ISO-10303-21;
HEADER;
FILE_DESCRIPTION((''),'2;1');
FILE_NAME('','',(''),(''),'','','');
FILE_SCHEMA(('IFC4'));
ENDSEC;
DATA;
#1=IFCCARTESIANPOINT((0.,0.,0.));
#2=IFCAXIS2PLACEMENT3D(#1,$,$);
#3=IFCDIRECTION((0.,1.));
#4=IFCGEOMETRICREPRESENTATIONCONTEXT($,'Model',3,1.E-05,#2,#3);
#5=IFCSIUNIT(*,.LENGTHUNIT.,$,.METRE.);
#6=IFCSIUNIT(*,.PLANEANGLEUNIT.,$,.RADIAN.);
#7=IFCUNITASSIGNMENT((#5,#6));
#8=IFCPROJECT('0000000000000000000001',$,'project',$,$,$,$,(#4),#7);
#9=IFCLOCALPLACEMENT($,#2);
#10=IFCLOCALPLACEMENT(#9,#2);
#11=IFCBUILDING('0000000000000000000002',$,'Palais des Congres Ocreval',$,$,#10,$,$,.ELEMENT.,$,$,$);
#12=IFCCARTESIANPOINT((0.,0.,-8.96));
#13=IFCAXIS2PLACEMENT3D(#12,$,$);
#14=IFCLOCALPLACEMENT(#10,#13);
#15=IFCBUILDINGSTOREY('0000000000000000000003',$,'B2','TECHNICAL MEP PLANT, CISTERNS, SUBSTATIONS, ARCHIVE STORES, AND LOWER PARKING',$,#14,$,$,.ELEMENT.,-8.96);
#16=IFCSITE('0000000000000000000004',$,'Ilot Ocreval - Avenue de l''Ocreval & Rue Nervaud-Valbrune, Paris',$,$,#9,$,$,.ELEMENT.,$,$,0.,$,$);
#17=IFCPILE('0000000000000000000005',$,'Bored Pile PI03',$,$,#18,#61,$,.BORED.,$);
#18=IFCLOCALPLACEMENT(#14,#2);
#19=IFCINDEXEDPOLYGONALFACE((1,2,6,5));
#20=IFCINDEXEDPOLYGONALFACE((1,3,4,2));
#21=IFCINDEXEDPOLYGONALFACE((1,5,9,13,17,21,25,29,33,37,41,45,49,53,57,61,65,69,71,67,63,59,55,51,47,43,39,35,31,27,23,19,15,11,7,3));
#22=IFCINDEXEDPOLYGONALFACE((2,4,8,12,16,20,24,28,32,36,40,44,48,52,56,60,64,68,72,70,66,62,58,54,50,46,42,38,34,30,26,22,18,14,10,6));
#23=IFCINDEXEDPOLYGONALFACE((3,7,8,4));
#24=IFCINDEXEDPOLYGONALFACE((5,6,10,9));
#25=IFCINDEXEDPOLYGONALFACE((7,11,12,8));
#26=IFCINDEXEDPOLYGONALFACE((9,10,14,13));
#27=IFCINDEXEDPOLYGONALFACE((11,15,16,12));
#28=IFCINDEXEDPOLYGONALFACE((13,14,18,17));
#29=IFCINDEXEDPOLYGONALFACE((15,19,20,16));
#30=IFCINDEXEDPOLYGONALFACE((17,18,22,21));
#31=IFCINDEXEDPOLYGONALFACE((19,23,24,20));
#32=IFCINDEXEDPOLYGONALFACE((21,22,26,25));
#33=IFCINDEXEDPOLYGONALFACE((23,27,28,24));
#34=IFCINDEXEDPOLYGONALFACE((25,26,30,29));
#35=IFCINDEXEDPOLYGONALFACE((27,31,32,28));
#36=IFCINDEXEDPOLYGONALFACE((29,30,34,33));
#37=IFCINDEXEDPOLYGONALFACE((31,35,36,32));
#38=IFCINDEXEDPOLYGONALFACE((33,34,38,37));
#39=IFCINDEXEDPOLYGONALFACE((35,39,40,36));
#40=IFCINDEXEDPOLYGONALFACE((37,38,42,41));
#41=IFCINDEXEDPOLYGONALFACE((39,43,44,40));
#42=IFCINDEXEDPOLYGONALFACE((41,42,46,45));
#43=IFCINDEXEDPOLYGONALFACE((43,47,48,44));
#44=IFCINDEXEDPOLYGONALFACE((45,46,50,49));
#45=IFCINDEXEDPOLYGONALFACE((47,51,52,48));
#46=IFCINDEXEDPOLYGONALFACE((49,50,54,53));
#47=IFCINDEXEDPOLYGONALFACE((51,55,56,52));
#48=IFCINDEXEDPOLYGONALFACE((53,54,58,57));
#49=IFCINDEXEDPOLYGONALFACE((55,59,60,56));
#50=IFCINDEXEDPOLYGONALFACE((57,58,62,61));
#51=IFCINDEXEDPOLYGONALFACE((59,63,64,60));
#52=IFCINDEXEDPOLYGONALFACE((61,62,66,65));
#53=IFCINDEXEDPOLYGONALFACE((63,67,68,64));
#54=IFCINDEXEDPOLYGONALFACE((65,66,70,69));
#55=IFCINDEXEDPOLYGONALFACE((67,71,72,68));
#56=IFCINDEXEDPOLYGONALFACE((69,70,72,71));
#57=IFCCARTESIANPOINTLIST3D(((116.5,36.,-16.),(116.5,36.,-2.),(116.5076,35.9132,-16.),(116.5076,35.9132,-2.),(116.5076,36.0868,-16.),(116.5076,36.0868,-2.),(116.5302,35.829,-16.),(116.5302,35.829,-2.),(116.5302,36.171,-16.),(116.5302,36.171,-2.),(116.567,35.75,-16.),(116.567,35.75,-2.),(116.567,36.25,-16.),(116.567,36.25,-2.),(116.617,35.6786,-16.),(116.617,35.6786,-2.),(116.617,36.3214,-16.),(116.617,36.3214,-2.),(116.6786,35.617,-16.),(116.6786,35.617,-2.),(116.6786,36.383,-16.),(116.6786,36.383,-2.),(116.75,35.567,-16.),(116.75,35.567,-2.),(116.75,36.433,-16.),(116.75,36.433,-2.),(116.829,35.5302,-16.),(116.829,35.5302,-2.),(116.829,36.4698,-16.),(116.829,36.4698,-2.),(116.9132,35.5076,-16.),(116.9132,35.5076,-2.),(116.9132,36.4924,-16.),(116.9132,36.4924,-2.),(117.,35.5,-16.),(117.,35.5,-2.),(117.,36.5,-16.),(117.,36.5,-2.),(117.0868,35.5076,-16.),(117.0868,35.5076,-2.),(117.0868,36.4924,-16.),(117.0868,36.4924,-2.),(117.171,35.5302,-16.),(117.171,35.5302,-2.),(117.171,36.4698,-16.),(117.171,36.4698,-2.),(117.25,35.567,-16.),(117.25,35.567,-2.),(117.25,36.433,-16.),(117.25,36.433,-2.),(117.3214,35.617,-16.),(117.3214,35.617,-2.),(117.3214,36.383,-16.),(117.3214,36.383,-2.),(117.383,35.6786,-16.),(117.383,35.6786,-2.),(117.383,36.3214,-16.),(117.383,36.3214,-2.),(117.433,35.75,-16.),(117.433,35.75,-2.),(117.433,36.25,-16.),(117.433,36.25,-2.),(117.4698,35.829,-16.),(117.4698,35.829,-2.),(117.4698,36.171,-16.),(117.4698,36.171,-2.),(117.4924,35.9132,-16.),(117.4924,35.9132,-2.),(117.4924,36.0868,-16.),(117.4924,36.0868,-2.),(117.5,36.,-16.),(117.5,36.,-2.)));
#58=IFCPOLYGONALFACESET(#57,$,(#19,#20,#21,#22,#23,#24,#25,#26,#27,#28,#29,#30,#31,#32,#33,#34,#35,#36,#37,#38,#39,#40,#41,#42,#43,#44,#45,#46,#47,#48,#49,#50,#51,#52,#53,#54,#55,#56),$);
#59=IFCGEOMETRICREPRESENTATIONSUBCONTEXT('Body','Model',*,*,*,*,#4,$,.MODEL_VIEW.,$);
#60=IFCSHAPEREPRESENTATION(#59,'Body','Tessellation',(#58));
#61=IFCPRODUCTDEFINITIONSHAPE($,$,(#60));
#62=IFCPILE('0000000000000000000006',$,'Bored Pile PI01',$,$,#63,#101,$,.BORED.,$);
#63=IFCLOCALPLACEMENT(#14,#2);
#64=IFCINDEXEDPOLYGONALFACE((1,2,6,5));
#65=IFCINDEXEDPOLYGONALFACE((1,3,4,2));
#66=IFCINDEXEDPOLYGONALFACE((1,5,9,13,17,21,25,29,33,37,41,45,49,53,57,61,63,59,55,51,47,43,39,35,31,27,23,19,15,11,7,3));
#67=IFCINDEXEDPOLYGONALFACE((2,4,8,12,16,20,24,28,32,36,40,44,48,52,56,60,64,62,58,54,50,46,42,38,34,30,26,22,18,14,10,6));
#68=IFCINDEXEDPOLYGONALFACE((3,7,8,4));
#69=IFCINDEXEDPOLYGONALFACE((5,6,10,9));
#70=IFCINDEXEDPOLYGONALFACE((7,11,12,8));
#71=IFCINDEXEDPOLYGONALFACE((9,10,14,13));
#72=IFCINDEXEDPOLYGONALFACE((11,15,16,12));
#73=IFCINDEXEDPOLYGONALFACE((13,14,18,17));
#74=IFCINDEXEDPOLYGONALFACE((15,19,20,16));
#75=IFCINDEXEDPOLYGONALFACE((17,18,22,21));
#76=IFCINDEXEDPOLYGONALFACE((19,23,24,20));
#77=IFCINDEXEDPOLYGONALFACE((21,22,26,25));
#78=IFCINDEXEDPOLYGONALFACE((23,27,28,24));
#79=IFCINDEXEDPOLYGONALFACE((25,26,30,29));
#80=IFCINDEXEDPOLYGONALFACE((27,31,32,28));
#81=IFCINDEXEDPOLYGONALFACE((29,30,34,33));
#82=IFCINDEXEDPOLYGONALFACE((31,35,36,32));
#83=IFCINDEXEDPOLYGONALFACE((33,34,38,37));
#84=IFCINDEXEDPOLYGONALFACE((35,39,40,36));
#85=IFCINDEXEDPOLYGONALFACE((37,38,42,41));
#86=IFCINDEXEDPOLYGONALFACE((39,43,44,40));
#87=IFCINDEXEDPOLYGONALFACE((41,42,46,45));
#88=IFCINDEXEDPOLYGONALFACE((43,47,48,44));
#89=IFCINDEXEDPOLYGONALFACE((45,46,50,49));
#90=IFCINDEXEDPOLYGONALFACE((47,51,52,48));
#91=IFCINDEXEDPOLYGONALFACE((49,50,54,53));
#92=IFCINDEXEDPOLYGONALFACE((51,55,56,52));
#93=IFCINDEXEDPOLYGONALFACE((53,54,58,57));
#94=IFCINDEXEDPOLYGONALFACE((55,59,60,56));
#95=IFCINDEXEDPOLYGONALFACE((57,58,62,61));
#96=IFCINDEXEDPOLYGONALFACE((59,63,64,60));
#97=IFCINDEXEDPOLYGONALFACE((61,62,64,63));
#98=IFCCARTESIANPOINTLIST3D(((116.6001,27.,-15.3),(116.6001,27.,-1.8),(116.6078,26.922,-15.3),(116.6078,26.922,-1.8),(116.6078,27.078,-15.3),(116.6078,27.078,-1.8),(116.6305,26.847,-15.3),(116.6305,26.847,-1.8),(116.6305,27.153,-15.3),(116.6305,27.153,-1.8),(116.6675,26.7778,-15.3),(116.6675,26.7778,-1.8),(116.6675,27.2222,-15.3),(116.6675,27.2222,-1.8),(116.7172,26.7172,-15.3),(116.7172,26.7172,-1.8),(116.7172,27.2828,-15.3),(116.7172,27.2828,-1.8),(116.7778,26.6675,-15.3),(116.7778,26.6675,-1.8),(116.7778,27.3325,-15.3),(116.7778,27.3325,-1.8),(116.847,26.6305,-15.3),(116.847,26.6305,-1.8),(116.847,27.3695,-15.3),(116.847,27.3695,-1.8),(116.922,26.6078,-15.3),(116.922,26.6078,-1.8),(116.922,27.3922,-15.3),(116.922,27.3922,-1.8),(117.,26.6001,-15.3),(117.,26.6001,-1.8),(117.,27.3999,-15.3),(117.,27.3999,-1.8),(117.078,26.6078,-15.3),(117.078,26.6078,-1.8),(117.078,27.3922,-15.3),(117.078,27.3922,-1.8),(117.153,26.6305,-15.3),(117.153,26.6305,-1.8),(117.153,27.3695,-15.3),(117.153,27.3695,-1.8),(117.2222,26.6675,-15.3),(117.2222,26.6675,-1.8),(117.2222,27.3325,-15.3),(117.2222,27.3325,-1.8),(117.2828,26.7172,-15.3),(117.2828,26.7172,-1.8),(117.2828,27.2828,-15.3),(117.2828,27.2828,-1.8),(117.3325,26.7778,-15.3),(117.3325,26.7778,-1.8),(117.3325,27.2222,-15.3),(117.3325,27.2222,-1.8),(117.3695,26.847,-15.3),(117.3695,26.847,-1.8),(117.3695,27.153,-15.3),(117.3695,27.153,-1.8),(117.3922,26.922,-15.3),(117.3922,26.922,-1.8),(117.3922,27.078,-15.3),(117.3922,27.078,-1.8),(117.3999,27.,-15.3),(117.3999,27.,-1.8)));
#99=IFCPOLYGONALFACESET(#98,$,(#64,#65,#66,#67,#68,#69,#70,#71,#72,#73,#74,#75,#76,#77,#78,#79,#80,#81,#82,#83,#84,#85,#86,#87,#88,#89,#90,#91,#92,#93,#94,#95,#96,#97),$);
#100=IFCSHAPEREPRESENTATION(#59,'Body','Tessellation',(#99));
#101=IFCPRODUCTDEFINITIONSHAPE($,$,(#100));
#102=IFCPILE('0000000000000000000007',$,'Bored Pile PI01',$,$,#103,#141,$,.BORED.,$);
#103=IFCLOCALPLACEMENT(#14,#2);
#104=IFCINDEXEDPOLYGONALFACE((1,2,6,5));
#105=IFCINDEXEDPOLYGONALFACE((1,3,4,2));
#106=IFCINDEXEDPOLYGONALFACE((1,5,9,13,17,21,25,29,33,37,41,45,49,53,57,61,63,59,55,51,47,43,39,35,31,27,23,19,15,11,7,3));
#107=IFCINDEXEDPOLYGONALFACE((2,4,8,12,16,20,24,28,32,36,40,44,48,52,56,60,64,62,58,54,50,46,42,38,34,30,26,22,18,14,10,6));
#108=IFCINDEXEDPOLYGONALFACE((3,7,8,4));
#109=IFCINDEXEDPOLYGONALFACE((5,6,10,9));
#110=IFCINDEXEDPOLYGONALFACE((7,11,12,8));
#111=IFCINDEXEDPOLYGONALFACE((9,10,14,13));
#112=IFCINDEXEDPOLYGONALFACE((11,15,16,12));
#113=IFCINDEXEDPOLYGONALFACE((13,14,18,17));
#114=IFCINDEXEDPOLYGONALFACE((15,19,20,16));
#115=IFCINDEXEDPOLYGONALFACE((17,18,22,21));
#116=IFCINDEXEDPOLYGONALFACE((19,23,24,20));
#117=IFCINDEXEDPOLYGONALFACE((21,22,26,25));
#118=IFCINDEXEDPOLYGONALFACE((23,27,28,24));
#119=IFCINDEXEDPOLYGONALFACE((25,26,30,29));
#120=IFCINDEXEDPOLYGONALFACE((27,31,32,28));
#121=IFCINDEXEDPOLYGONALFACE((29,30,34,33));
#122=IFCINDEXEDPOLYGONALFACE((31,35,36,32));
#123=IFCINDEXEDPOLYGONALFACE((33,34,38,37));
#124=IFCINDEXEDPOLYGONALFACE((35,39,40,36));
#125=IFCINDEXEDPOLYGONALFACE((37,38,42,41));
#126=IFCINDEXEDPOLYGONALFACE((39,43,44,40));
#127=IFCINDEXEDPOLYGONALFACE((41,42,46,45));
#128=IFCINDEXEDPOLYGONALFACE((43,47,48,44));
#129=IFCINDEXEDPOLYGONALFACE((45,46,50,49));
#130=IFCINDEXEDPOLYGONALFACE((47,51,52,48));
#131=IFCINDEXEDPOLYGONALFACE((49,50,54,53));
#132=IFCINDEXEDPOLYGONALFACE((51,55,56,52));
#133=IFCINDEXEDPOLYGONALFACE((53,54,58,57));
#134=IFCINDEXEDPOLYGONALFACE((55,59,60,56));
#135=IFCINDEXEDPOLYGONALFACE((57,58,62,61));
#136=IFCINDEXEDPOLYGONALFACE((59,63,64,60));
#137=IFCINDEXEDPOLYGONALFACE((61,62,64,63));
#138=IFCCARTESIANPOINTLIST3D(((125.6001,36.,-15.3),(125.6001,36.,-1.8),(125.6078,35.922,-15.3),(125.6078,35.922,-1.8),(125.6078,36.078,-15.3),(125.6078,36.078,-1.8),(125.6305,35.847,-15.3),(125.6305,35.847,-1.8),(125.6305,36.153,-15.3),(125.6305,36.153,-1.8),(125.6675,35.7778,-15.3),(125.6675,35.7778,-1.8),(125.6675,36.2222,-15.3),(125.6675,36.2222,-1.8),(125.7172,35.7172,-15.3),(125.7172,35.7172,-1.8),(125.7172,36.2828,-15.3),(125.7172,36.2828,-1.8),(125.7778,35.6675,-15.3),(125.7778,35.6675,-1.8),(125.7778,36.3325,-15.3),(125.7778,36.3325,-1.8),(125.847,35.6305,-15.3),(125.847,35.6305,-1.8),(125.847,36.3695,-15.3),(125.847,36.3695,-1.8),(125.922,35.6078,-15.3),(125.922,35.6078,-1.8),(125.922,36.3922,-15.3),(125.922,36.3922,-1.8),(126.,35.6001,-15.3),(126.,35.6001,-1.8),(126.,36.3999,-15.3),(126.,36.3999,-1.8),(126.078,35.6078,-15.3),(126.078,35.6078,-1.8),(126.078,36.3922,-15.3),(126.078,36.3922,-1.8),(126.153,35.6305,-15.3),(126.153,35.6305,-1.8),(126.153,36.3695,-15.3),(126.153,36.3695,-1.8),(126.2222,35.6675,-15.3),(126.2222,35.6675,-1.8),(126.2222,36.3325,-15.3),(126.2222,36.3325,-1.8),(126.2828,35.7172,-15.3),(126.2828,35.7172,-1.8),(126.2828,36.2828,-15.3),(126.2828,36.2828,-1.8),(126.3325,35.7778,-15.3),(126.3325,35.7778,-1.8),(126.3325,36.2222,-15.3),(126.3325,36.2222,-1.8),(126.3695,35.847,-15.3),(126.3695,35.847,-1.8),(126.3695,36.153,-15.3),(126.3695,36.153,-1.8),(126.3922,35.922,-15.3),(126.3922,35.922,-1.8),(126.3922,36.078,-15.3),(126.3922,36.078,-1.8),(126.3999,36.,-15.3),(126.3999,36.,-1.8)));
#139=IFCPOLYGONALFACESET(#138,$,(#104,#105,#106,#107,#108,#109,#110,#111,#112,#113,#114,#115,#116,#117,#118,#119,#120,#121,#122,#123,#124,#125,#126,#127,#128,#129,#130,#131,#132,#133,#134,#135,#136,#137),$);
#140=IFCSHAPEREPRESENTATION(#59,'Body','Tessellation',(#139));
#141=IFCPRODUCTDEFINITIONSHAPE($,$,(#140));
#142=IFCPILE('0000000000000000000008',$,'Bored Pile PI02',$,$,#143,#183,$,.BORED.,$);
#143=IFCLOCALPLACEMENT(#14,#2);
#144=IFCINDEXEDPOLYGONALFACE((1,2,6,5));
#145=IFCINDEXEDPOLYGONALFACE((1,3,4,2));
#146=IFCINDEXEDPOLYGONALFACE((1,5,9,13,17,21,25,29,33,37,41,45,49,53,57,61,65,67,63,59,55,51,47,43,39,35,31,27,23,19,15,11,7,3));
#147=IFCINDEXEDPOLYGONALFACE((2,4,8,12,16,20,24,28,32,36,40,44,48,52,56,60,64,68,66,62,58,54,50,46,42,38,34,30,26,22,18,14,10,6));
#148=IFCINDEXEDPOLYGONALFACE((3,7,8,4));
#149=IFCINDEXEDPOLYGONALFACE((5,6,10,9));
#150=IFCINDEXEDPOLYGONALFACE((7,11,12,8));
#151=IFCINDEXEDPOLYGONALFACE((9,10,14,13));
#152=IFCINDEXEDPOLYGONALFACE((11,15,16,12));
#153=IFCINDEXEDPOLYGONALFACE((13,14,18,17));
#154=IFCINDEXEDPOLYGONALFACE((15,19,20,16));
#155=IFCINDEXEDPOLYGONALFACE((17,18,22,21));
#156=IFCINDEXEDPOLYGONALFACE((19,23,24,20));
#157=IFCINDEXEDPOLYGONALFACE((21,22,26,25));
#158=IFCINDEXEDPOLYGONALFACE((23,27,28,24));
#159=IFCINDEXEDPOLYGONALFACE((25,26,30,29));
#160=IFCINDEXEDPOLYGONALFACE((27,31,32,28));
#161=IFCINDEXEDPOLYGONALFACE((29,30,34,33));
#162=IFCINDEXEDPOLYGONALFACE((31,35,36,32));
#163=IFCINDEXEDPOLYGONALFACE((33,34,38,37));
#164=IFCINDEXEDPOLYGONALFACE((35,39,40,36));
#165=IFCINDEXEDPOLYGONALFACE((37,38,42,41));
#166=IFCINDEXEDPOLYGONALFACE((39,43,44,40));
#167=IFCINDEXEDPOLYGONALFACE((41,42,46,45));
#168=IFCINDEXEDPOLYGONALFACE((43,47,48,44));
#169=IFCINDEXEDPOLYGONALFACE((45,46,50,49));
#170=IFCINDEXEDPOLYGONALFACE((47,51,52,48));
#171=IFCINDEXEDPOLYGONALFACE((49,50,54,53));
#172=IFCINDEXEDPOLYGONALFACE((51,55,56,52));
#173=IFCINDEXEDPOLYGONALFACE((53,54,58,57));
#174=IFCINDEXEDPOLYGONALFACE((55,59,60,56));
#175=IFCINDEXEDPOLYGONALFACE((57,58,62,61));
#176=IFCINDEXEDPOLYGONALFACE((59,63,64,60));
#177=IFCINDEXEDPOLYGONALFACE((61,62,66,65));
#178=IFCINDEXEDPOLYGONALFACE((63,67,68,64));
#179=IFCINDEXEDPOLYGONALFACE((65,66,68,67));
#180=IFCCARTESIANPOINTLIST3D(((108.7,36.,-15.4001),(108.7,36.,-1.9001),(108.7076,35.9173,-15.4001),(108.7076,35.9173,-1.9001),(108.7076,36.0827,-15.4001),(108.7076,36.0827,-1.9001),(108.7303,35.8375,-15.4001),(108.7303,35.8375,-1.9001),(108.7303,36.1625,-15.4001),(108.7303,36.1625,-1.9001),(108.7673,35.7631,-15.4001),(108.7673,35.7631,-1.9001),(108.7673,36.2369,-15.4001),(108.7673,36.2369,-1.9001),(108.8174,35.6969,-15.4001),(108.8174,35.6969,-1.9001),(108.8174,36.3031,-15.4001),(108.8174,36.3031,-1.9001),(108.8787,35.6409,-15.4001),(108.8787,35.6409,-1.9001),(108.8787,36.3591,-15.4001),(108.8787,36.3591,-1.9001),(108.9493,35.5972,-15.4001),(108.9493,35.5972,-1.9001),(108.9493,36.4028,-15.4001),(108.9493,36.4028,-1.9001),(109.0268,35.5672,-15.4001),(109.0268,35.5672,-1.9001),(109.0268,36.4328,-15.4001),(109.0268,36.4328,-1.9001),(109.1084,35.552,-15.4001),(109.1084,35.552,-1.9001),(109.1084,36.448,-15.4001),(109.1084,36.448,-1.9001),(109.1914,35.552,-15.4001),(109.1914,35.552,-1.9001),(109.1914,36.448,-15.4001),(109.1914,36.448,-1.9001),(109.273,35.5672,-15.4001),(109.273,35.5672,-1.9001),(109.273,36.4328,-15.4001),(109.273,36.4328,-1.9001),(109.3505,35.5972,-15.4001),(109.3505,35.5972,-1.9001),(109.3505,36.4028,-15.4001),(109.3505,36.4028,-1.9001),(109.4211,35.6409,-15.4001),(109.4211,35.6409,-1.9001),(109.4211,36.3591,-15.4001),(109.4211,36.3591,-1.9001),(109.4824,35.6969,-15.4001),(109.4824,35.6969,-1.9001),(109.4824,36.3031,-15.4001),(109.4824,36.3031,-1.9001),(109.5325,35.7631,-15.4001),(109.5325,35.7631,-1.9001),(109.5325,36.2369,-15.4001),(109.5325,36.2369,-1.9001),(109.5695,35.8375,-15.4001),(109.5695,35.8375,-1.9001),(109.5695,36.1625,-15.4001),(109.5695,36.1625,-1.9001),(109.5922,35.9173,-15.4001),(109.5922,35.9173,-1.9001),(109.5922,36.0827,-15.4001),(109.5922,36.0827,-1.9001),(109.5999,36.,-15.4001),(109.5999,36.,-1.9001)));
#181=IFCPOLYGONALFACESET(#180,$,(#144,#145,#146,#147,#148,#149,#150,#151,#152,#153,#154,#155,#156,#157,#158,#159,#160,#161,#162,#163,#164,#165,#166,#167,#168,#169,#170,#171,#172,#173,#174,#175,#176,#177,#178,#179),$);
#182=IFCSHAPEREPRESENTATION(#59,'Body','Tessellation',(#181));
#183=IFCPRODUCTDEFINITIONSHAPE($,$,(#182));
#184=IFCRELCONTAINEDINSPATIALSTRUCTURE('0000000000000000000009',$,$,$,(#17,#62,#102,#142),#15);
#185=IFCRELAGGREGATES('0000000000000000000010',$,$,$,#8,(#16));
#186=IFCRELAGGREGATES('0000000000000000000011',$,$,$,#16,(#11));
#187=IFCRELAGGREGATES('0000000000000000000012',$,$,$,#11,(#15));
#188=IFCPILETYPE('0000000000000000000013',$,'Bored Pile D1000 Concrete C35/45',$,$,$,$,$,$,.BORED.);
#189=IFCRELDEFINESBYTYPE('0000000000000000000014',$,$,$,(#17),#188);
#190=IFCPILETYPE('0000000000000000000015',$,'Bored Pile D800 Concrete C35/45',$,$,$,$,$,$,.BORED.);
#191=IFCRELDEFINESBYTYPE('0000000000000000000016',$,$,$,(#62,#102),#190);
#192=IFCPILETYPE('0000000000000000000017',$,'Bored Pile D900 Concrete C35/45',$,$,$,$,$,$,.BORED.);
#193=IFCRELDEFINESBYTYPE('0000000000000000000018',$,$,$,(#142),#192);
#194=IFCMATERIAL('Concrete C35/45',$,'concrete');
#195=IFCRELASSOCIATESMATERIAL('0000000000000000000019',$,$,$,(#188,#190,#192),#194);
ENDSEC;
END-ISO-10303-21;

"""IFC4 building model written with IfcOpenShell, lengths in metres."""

from ifc_helpers import new_model, si_unit, direction, frame, origin, origin_2d, place, context, subcontext, project, spatial, circle, extrude, material, material_profile, profile_set, type_object, element, save


model = new_model("IFC4")

# Units and contexts
model_context = context("Model", 3, precision=1e-05, world=origin(), true_north=direction((0.0, 1.0)))
body_context = subcontext(model_context, "Body", "Model", "MODEL_VIEW")
ifc_project = project(units=[si_unit("LENGTHUNIT", "METRE"), si_unit("PLANEANGLEUNIT", "RADIAN")], contexts=[model_context])

# Site, building, storey
site_placement = place(None, origin())
site = spatial("IfcSite", under=ifc_project, at=site_placement, Name="Ilot Ocreval - Avenue de l'Ocreval & Rue Nervaud-Valbrune, Paris", CompositionType="ELEMENT", RefElevation=0.0)
building_placement = place(site_placement, origin())
building = spatial("IfcBuilding", under=site, at=building_placement, Name="Palais des Congres Ocreval", CompositionType="ELEMENT")
storey_placement = place(building_placement, frame((0.0, 0.0, -8.96)))
storey = spatial("IfcBuildingStorey", under=building, at=storey_placement, Name="B2", Description="TECHNICAL MEP PLANT, CISTERNS, SUBSTATIONS, ARCHIVE STORES, AND LOWER PARKING", CompositionType="ELEMENT", Elevation=-8.96)

# Piles
ifc_material_1 = material(Name="Concrete C35/45", Category="concrete")
ifc_material_profile_1 = material_profile(ifc_material_1, circle(Radius=0.5, at=origin_2d()), Name="BORED PILE 1000")
ifc_profile_set_1 = profile_set([ifc_material_profile_1], Name="Concrete C35/45")
pile_type_1 = type_object("IfcPileType", Name="Bored Pile D1000 Concrete C35/45", PredefinedType="BORED", material=ifc_profile_set_1)
pile_placement = place(storey_placement, frame((117.0, 36.0, -2.0), z_axis=(0.0, 0.0, -1.0), x_axis=(1.0, 0.0, 0.0)))
element("IfcPile", 1, at=pile_placement, inside=storey, type_object=pile_type_1, Name="Bored Pile PI03", PredefinedType="BORED", context=body_context, shape_type="SweptSolid", body=[
    extrude(circle(Radius=0.5, at=origin_2d()), origin(), (0.0, 0.0, 1.0), 14.0),
])
ifc_material_profile_2 = material_profile(ifc_material_1, circle(Radius=0.3999, at=origin_2d()), Name="BORED PILE 800")
ifc_profile_set_2 = profile_set([ifc_material_profile_2], Name="Concrete C35/45")
pile_type_2 = type_object("IfcPileType", Name="Bored Pile D800 Concrete C35/45", PredefinedType="BORED", material=ifc_profile_set_2)
for number, where, z_axis, x_axis, name in (
    (2, (117.0, 27.0, -1.8), (0.0, 0.0, -1.0), (1.0, 0.0, 0.0), "Bored Pile PI01"),
    (3, (126.0, 36.0, -1.8), (0.0, 0.0, -1.0), (1.0, 0.0, 0.0), "Bored Pile PI01"),
):
    element("IfcPile", number, at=place(storey_placement, frame(where, z_axis=z_axis, x_axis=x_axis)), inside=storey, type_object=pile_type_2, Name=name, PredefinedType="BORED", context=body_context, shape_type="SweptSolid", body=[
        extrude(circle(Radius=0.3999, at=origin_2d()), origin(), (0.0, 0.0, 1.0), 13.5),
    ])
ifc_material_profile_3 = material_profile(ifc_material_1, circle(Radius=0.45, at=origin_2d()), Name="BORED PILE 900")
ifc_profile_set_3 = profile_set([ifc_material_profile_3], Name="Concrete C35/45")
pile_type_3 = type_object("IfcPileType", Name="Bored Pile D900 Concrete C35/45", PredefinedType="BORED", material=ifc_profile_set_3)
for number, where, z_axis, x_axis, name in (
    (4, (109.1499, 36.0, -1.9001), (0.0, 0.0, -1.0), (1.0, 0.0, 0.0), "Bored Pile PI02"),
):
    element("IfcPile", number, at=place(storey_placement, frame(where, z_axis=z_axis, x_axis=x_axis)), inside=storey, type_object=pile_type_3, Name=name, PredefinedType="BORED", context=body_context, shape_type="SweptSolid", body=[
        extrude(circle(Radius=0.45, at=origin_2d()), origin(), (0.0, 0.0, 1.0), 13.5),
    ])

save(model, "model.ifc")
